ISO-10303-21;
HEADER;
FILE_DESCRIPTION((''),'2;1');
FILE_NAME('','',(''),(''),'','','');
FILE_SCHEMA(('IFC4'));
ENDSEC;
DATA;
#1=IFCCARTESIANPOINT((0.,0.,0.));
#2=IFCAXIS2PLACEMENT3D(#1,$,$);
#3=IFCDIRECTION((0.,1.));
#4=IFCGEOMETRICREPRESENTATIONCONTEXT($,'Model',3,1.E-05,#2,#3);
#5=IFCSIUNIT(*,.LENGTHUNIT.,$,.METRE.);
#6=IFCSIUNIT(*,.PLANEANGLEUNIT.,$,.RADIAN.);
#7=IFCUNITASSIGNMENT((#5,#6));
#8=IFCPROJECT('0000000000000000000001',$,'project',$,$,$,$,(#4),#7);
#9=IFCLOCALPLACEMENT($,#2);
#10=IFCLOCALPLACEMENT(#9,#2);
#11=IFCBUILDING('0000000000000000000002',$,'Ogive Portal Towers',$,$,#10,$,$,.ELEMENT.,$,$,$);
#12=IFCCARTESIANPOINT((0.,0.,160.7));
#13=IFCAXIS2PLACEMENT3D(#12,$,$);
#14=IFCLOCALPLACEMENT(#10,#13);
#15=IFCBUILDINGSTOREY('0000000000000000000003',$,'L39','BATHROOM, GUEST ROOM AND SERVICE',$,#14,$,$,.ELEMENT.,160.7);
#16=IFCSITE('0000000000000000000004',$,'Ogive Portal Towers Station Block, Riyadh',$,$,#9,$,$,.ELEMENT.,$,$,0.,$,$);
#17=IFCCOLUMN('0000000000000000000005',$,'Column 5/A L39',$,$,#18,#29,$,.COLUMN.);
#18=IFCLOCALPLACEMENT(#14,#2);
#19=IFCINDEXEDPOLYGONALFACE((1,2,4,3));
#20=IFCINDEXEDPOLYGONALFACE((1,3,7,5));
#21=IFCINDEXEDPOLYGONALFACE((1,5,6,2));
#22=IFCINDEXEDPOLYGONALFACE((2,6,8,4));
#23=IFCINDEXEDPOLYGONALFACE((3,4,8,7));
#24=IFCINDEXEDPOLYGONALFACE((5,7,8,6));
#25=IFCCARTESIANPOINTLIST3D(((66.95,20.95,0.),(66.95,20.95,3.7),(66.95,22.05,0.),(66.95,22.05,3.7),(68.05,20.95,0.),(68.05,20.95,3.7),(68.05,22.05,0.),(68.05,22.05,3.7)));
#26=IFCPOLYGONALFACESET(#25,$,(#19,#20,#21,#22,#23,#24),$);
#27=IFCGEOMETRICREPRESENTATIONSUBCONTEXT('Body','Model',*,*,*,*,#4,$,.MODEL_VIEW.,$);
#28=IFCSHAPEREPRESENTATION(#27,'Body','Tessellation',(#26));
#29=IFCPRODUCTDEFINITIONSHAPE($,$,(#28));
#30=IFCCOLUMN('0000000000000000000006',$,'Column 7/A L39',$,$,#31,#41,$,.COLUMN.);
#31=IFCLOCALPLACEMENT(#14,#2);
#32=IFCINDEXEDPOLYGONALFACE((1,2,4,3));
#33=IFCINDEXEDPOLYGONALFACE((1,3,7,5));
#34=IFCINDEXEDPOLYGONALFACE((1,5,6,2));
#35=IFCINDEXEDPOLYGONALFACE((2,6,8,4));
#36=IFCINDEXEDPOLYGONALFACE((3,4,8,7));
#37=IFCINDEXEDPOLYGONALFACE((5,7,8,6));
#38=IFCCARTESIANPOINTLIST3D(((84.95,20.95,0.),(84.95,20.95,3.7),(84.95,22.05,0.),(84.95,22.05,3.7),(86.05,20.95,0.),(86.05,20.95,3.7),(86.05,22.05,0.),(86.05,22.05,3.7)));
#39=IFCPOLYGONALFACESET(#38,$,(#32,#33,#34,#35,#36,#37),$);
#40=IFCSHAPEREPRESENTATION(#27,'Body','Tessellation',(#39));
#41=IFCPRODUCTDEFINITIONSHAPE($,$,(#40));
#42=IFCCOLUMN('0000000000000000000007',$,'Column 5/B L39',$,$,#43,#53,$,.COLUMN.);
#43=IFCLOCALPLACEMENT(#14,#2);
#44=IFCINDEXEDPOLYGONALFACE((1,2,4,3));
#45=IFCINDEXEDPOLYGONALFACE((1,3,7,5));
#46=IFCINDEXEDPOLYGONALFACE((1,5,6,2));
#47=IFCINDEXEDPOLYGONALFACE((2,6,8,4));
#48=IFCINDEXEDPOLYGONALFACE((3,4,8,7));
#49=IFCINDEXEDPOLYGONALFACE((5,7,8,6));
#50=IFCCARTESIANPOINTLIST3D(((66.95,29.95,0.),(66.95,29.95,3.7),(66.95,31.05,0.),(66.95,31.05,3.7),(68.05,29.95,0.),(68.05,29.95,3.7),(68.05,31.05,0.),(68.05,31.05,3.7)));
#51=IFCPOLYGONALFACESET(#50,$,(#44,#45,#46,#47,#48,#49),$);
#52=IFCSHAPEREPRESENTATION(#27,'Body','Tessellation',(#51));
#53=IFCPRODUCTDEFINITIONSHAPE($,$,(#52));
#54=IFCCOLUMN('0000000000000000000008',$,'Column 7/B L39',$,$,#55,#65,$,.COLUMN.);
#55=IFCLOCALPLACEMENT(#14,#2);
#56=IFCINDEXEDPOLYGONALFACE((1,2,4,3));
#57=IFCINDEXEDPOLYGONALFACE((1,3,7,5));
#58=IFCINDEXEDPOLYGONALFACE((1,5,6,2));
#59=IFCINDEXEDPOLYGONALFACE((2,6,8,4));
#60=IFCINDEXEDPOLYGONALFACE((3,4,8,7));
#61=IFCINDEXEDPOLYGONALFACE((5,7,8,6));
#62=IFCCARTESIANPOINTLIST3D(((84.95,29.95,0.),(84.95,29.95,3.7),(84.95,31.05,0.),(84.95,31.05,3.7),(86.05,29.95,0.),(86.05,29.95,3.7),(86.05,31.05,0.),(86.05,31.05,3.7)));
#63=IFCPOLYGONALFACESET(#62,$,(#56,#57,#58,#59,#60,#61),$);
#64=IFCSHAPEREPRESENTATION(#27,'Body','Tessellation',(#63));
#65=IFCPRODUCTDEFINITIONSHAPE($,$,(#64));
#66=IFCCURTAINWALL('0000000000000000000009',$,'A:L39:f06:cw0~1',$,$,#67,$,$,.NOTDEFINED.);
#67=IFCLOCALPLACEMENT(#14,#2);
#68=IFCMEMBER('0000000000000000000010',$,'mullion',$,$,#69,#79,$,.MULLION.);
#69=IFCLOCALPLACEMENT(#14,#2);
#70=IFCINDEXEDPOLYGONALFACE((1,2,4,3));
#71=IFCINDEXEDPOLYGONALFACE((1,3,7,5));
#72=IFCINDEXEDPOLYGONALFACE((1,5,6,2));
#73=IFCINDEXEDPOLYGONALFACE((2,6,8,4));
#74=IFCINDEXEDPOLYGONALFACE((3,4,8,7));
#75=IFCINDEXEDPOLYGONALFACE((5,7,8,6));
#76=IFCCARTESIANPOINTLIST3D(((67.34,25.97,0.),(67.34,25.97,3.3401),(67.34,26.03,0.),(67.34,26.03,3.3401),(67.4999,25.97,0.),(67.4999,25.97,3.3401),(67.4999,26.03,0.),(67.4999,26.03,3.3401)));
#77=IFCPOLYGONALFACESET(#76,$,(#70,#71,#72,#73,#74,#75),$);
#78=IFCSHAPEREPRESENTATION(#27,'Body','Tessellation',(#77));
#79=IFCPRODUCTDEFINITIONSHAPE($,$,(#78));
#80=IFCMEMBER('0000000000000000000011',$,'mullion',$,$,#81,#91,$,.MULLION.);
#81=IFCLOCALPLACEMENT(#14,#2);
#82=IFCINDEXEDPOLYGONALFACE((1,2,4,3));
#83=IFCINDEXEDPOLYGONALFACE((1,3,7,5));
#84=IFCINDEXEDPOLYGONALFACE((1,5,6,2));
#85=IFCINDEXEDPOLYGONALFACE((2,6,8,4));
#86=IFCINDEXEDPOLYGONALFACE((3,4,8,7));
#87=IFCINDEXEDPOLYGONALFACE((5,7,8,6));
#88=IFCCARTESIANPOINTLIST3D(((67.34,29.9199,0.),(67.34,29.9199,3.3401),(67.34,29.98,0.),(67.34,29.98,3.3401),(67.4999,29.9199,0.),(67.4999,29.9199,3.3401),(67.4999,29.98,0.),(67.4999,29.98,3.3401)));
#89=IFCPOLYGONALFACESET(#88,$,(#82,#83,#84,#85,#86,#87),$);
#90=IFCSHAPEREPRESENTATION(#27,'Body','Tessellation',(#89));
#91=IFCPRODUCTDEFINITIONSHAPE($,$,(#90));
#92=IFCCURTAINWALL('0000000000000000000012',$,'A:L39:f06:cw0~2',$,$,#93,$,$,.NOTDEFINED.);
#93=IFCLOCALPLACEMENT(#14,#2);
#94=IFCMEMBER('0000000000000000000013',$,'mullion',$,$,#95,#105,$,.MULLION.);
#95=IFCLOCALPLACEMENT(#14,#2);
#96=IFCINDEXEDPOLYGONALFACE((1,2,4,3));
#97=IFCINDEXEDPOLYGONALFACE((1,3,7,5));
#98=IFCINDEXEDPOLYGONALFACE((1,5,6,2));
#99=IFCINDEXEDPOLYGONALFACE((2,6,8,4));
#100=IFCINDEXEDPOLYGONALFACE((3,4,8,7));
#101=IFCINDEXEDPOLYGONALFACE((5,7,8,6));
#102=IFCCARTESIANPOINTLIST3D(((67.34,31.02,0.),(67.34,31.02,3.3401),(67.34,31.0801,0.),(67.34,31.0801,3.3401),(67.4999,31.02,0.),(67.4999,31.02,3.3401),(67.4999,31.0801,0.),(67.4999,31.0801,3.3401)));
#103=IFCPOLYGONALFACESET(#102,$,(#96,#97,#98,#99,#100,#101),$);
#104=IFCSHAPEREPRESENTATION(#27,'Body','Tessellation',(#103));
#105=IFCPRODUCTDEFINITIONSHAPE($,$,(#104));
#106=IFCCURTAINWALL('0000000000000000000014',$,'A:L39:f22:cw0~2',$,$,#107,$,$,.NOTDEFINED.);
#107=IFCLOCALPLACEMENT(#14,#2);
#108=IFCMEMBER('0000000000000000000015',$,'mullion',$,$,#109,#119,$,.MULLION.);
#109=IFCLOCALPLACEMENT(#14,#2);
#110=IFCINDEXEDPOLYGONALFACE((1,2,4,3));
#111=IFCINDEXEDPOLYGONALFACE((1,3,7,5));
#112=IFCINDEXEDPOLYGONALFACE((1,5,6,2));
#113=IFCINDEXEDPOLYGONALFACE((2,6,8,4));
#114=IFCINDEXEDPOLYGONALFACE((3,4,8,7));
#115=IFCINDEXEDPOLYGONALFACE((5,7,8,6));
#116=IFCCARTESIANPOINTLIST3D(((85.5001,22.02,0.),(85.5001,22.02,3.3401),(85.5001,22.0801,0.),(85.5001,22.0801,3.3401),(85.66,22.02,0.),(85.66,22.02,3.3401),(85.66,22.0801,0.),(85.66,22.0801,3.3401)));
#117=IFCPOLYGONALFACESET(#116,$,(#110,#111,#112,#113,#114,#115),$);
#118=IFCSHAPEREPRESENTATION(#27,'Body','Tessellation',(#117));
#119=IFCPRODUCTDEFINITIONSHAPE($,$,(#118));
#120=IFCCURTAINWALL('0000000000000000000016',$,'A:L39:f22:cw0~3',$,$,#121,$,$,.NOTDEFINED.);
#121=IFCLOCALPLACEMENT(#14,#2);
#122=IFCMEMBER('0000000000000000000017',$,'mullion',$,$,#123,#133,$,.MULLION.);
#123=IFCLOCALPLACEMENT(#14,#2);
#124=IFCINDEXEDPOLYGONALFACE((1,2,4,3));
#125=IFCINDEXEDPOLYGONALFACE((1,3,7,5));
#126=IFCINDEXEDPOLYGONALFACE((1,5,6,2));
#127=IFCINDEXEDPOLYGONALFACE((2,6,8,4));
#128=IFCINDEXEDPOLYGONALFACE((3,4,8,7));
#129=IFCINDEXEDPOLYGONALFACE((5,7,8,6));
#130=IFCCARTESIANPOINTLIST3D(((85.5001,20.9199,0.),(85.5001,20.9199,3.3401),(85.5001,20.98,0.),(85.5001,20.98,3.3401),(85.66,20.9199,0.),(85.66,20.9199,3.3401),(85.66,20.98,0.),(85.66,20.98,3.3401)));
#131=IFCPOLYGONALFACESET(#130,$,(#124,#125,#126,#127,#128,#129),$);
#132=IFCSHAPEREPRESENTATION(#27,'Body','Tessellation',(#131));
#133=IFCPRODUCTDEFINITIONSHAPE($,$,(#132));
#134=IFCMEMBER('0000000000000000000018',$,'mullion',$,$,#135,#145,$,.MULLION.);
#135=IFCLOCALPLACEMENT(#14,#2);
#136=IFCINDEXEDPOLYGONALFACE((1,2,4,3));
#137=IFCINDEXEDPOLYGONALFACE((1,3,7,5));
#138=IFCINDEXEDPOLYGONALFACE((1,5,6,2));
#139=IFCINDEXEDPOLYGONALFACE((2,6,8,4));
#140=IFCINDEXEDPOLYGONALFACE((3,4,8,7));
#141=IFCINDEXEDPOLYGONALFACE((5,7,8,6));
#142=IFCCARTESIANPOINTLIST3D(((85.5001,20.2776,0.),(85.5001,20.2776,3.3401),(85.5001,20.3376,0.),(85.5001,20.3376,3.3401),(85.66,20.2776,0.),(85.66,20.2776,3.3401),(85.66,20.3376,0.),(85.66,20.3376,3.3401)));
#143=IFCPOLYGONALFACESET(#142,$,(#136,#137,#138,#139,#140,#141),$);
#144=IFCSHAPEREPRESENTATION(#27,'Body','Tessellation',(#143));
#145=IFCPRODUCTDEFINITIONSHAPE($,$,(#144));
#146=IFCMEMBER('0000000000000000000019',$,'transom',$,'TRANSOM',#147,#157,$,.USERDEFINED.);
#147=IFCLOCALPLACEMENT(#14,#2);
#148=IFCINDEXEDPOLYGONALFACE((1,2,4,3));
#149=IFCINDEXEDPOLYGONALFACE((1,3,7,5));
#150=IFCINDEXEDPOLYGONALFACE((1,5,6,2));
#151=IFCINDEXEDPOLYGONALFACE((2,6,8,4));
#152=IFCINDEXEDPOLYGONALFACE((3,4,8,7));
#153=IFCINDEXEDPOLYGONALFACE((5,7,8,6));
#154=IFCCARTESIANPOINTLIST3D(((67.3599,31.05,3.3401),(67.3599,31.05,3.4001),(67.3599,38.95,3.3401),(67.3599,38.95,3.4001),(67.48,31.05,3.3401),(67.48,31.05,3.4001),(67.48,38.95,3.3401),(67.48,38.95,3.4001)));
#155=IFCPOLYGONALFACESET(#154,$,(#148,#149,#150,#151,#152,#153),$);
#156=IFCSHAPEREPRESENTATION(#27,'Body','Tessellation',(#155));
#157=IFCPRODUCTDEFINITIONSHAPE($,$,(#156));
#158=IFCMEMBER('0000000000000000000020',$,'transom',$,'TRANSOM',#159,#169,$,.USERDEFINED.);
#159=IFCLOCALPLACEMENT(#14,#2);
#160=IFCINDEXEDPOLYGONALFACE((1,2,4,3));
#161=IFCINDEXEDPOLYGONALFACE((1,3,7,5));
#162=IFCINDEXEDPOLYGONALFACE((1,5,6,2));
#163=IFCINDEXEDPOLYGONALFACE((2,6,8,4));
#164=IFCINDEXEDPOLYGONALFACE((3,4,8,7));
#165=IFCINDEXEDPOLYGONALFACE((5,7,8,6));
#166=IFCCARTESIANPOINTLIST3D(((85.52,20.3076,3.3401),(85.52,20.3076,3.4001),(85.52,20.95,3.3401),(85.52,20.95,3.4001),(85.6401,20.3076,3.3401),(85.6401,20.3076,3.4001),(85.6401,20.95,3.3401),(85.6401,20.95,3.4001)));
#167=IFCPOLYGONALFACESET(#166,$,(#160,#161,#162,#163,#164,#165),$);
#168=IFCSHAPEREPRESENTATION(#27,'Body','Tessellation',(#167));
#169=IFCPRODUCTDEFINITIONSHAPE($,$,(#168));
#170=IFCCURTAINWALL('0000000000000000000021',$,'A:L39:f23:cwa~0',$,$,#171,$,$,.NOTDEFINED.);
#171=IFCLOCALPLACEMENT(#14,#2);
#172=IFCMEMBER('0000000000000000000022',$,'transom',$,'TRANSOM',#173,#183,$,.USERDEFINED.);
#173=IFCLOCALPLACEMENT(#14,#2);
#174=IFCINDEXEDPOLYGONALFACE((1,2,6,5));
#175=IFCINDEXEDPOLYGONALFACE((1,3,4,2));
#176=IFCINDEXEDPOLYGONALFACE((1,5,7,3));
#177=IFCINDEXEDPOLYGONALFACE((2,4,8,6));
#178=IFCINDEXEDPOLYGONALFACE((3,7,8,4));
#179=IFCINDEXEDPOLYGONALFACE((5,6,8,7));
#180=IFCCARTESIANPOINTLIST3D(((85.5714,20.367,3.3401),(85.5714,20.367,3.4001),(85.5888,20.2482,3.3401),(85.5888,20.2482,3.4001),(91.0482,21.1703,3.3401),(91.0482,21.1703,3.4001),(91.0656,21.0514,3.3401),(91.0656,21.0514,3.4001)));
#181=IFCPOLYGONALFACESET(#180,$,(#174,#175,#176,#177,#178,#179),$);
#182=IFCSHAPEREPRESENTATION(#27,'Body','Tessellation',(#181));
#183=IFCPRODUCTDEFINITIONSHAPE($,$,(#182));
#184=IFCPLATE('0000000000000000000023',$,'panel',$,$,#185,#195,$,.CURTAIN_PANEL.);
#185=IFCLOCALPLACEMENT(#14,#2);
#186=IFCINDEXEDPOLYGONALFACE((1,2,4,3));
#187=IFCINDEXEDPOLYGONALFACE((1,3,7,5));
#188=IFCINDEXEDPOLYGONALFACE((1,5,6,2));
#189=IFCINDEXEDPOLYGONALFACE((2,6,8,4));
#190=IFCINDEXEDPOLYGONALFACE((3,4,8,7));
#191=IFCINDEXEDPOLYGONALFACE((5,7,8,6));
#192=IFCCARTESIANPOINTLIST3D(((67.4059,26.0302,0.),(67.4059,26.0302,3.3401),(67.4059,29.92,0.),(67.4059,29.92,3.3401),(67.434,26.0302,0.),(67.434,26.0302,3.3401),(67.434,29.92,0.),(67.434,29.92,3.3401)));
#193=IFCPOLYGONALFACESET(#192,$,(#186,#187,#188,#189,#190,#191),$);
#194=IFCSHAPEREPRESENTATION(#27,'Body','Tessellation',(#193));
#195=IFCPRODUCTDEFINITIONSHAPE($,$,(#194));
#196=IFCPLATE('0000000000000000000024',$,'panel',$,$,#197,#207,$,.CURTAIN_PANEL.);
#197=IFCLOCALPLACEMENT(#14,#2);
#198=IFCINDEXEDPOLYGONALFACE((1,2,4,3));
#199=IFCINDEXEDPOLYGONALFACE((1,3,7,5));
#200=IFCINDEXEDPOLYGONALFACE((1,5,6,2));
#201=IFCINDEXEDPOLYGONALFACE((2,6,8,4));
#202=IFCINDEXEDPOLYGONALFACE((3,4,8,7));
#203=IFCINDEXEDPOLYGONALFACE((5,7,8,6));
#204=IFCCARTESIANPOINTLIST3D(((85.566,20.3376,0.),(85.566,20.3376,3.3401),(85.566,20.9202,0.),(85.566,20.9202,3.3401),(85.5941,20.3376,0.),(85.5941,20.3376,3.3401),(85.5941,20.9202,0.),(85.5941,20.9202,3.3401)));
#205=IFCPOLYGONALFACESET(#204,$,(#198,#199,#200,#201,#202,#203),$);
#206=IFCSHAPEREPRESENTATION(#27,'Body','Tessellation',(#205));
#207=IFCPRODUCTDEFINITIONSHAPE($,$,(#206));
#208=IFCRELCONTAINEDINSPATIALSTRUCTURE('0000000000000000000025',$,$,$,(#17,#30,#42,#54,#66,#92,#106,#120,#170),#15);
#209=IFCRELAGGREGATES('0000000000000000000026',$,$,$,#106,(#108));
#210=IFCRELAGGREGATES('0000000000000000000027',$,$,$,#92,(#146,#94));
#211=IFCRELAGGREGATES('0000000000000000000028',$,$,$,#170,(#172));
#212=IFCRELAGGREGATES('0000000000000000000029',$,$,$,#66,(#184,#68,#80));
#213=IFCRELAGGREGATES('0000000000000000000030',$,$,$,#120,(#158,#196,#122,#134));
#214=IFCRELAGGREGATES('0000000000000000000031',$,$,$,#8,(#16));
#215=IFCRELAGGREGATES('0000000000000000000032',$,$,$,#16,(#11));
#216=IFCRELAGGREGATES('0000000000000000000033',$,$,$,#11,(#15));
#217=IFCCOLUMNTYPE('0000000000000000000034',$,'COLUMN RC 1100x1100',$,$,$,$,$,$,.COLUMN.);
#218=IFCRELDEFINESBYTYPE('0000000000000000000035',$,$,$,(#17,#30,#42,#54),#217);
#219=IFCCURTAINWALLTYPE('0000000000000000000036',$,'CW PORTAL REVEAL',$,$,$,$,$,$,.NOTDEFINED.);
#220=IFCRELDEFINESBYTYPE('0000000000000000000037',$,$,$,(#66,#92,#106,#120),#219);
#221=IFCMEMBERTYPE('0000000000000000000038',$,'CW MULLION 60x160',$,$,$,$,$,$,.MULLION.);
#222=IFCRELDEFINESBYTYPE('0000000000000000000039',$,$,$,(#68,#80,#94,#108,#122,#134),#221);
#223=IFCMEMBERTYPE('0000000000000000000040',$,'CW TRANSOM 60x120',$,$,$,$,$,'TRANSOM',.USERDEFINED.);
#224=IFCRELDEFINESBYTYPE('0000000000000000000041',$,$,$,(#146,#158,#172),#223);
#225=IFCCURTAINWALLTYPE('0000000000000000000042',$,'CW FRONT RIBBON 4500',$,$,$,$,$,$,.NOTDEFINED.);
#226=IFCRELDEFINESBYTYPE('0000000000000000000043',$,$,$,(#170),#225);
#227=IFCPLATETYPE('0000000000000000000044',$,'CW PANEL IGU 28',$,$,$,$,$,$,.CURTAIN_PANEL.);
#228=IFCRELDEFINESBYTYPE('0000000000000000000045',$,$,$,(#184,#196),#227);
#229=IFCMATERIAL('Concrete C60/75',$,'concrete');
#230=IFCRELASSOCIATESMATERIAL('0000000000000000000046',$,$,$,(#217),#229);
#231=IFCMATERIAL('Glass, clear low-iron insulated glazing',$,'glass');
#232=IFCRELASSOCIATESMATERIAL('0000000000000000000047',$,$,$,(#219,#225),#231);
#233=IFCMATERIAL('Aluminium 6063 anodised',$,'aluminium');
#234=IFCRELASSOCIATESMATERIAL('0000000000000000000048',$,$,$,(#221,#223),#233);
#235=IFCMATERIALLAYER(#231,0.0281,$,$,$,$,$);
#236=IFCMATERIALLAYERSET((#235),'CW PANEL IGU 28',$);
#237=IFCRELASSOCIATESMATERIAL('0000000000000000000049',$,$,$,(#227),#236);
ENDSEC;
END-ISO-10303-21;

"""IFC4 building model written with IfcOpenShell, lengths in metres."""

from ifc_helpers import new_model, si_unit, direction, frame, origin, origin_2d, place, context, subcontext, project, spatial, rectangle, extrude, material, layer, layer_set, material_profile, profile_set, type_object, element, aggregate, save


model = new_model("IFC4")

# Units and contexts
model_context = context("Model", 3, precision=1e-05, world=origin(), true_north=direction((0.0, 1.0)))
body_context = subcontext(model_context, "Body", "Model", "MODEL_VIEW")
ifc_project = project(units=[si_unit("LENGTHUNIT", "METRE"), si_unit("PLANEANGLEUNIT", "RADIAN")], contexts=[model_context])

# Site, building, storey
site_placement = place(None, origin())
site = spatial("IfcSite", under=ifc_project, at=site_placement, Name="Ogive Portal Towers Station Block, Riyadh", CompositionType="ELEMENT", RefElevation=0.0)
building_placement = place(site_placement, origin())
building = spatial("IfcBuilding", under=site, at=building_placement, Name="Ogive Portal Towers", CompositionType="ELEMENT")
storey_placement = place(building_placement, frame((0.0, 0.0, 160.7)))
storey = spatial("IfcBuildingStorey", under=building, at=storey_placement, Name="L39", Description="BATHROOM, GUEST ROOM AND SERVICE", CompositionType="ELEMENT", Elevation=160.7)

# Columns
ifc_material_1 = material(Name="Concrete C60/75", Category="concrete")
ifc_material_profile_1 = material_profile(ifc_material_1, rectangle(XDim=1.1001, YDim=1.1001, at=origin_2d()), Name="RC 1100x1100")
ifc_profile_set_1 = profile_set([ifc_material_profile_1], Name="Concrete C60/75")
column_type = type_object("IfcColumnType", Name="COLUMN RC 1100x1100", PredefinedType="COLUMN", material=ifc_profile_set_1)
for number, where, z_axis, x_axis, name in (
    (1, (67.5, 21.5, 0.0), (0.0, 0.0, 1.0), (1.0, 0.0, 0.0), "Column 5/A L39"),
    (2, (85.5, 21.5, 0.0), (0.0, 0.0, 1.0), (1.0, 0.0, 0.0), "Column 7/A L39"),
    (3, (67.5, 30.5, 0.0), (0.0, 0.0, 1.0), (1.0, 0.0, 0.0), "Column 5/B L39"),
    (4, (85.5, 30.5, 0.0), (0.0, 0.0, 1.0), (1.0, 0.0, 0.0), "Column 7/B L39"),
):
    element("IfcColumn", number, at=place(storey_placement, frame(where, z_axis=z_axis, x_axis=x_axis)), inside=storey, type_object=column_type, Name=name, PredefinedType="COLUMN", context=body_context, shape_type="SweptSolid", body=[
        extrude(rectangle(XDim=1.1001, YDim=1.1001, at=origin_2d()), origin(), (0.0, 0.0, 1.0), 3.7),
    ])

# Curtain wall, members
ifc_material_2 = material(Name="Glass, clear low-iron insulated glazing", Category="glass")
curtain_wall_type_1 = type_object("IfcCurtainWallType", Name="CW PORTAL REVEAL", PredefinedType="NOTDEFINED", material=ifc_material_2)
curtain_wall_1_placement = place(storey_placement, origin())
curtain_wall_1 = element("IfcCurtainWall", 5, at=curtain_wall_1_placement, inside=storey, type_object=curtain_wall_type_1, Name="A:L39:f06:cw0~1", PredefinedType="NOTDEFINED")
ifc_material_3 = material(Name="Aluminium 6063 anodised", Category="aluminium")
ifc_material_profile_2 = material_profile(ifc_material_3, rectangle(XDim=0.1599, YDim=0.0601, at=origin_2d()), Name="AL 60x160")
ifc_profile_set_2 = profile_set([ifc_material_profile_2], Name="Aluminium 6063 anodised")
member_type_1 = type_object("IfcMemberType", Name="CW MULLION 60x160", PredefinedType="MULLION", material=ifc_profile_set_2)
member_1_placement = place(storey_placement, frame((67.4199, 26.0, 0.0), z_axis=(0.0, 0.0, 1.0), x_axis=(-1.0, 0.0, 0.0)))
member_1 = element("IfcMember", 6, at=member_1_placement, type_object=member_type_1, Name="mullion", PredefinedType="MULLION", context=body_context, shape_type="SweptSolid", body=[
    extrude(rectangle(XDim=0.1599, YDim=0.0601, at=origin_2d()), origin(), (0.0, 0.0, 1.0), 3.3401),
])
member_2_placement = place(storey_placement, frame((67.4199, 29.95, 0.0), z_axis=(0.0, 0.0, 1.0), x_axis=(-1.0, 0.0, 0.0)))
member_2 = element("IfcMember", 7, at=member_2_placement, type_object=member_type_1, Name="mullion", PredefinedType="MULLION", context=body_context, shape_type="SweptSolid", body=[
    extrude(rectangle(XDim=0.1599, YDim=0.0601, at=origin_2d()), origin(), (0.0, 0.0, 1.0), 3.3401),
])

# Curtain walls, members
curtain_wall_2_placement = place(storey_placement, origin())
curtain_wall_2 = element("IfcCurtainWall", 8, at=curtain_wall_2_placement, inside=storey, type_object=curtain_wall_type_1, Name="A:L39:f06:cw0~2", PredefinedType="NOTDEFINED")
member_3_placement = place(storey_placement, frame((67.4199, 31.05, 0.0), z_axis=(0.0, 0.0, 1.0), x_axis=(-1.0, 0.0, 0.0)))
member_3 = element("IfcMember", 9, at=member_3_placement, type_object=member_type_1, Name="mullion", PredefinedType="MULLION", context=body_context, shape_type="SweptSolid", body=[
    extrude(rectangle(XDim=0.1599, YDim=0.0601, at=origin_2d()), origin(), (0.0, 0.0, 1.0), 3.3401),
])
curtain_wall_3_placement = place(storey_placement, origin())
curtain_wall_3 = element("IfcCurtainWall", 10, at=curtain_wall_3_placement, inside=storey, type_object=curtain_wall_type_1, Name="A:L39:f22:cw0~2", PredefinedType="NOTDEFINED")
member_4_placement = place(storey_placement, frame((85.5801, 22.05, 0.0), z_axis=(0.0, 0.0, 1.0), x_axis=(1.0, 0.0, 0.0)))
member_4 = element("IfcMember", 11, at=member_4_placement, type_object=member_type_1, Name="mullion", PredefinedType="MULLION", context=body_context, shape_type="SweptSolid", body=[
    extrude(rectangle(XDim=0.1599, YDim=0.0601, at=origin_2d()), origin(), (0.0, 0.0, 1.0), 3.3401),
])
aggregate(curtain_wall_3, [member_4])

# Curtain wall, members
curtain_wall_4_placement = place(storey_placement, origin())
curtain_wall_4 = element("IfcCurtainWall", 12, at=curtain_wall_4_placement, inside=storey, type_object=curtain_wall_type_1, Name="A:L39:f22:cw0~3", PredefinedType="NOTDEFINED")
member_5_placement = place(storey_placement, frame((85.5801, 20.95, 0.0), z_axis=(0.0, 0.0, 1.0), x_axis=(1.0, 0.0, 0.0)))
member_5 = element("IfcMember", 13, at=member_5_placement, type_object=member_type_1, Name="mullion", PredefinedType="MULLION", context=body_context, shape_type="SweptSolid", body=[
    extrude(rectangle(XDim=0.1599, YDim=0.0601, at=origin_2d()), origin(), (0.0, 0.0, 1.0), 3.3401),
])
member_6_placement = place(storey_placement, frame((85.5801, 20.3076, 0.0), z_axis=(0.0, 0.0, 1.0), x_axis=(1.0, 0.0, 0.0)))
member_6 = element("IfcMember", 14, at=member_6_placement, type_object=member_type_1, Name="mullion", PredefinedType="MULLION", context=body_context, shape_type="SweptSolid", body=[
    extrude(rectangle(XDim=0.1599, YDim=0.0601, at=origin_2d()), origin(), (0.0, 0.0, 1.0), 3.3401),
])

# Members
ifc_material_profile_3 = material_profile(ifc_material_3, rectangle(XDim=0.1201, YDim=0.0601, at=origin_2d()), Name="AL 120x60")
ifc_profile_set_3 = profile_set([ifc_material_profile_3], Name="Aluminium 6063 anodised")
member_type_2 = type_object("IfcMemberType", Name="CW TRANSOM 60x120", ElementType="TRANSOM", PredefinedType="USERDEFINED", material=ifc_profile_set_3)
member_7_placement = place(storey_placement, frame((67.4199, 31.05, 3.3701), z_axis=(0.0, 1.0, 0.0), x_axis=(-1.0, 0.0, 0.0)))
member_7 = element("IfcMember", 15, at=member_7_placement, type_object=member_type_2, Name="transom", ObjectType="TRANSOM", PredefinedType="USERDEFINED", context=body_context, shape_type="SweptSolid", body=[
    extrude(rectangle(XDim=0.1201, YDim=0.0601, at=origin_2d()), origin(), (0.0, 0.0, 1.0), 7.8999),
])
aggregate(curtain_wall_2, [member_7, member_3])
member_8_placement = place(storey_placement, frame((85.5801, 20.95, 3.3701), z_axis=(0.0, -1.0, 0.0), x_axis=(1.0, 0.0, 0.0)))
member_8 = element("IfcMember", 16, at=member_8_placement, type_object=member_type_2, Name="transom", ObjectType="TRANSOM", PredefinedType="USERDEFINED", context=body_context, shape_type="SweptSolid", body=[
    extrude(rectangle(XDim=0.1201, YDim=0.0601, at=origin_2d()), origin(), (0.0, 0.0, 1.0), 0.6423),
])

# Curtain wall, member
curtain_wall_type_2 = type_object("IfcCurtainWallType", Name="CW FRONT RIBBON 4500", PredefinedType="NOTDEFINED", material=ifc_material_2)
curtain_wall_5_placement = place(storey_placement, origin())
curtain_wall_5 = element("IfcCurtainWall", 17, at=curtain_wall_5_placement, inside=storey, type_object=curtain_wall_type_2, Name="A:L39:f23:cwa~0", PredefinedType="NOTDEFINED")
member_9_placement = place(storey_placement, frame((85.5801, 20.3076, 3.3701), z_axis=(0.989416, 0.145107, 0.0), x_axis=(-0.145107, 0.989416, 0.0)))
member_9 = element("IfcMember", 18, at=member_9_placement, type_object=member_type_2, Name="transom", ObjectType="TRANSOM", PredefinedType="USERDEFINED", context=body_context, shape_type="SweptSolid", body=[
    extrude(rectangle(XDim=0.1201, YDim=0.0601, at=origin_2d()), origin(), (0.0, 0.0, 1.0), 5.5354),
])
aggregate(curtain_wall_5, [member_9])

# Plates
ifc_layer_1 = layer(ifc_material_2, 0.0281)
ifc_layer_set_1 = layer_set([ifc_layer_1], Name="CW PANEL IGU 28")
plate_type = type_object("IfcPlateType", Name="CW PANEL IGU 28", PredefinedType="CURTAIN_PANEL", material=ifc_layer_set_1)
plate_1_placement = place(storey_placement, frame((67.4199, 27.9751, 0.0), z_axis=(0.0, 0.0, 1.0), x_axis=(0.0, 1.0, 0.0)))
plate_1 = element("IfcPlate", 19, at=plate_1_placement, type_object=plate_type, Name="panel", PredefinedType="CURTAIN_PANEL", context=body_context, shape_type="SweptSolid", body=[
    extrude(rectangle(XDim=3.8899, YDim=0.0281, at=origin_2d()), origin(), (0.0, 0.0, 1.0), 3.3401),
])
aggregate(curtain_wall_1, [plate_1, member_1, member_2])
plate_2_placement = place(storey_placement, frame((85.5801, 20.6289, 0.0), z_axis=(0.0, 0.0, 1.0), x_axis=(0.0, -1.0, 0.0)))
plate_2 = element("IfcPlate", 20, at=plate_2_placement, type_object=plate_type, Name="panel", PredefinedType="CURTAIN_PANEL", context=body_context, shape_type="SweptSolid", body=[
    extrude(rectangle(XDim=0.5825, YDim=0.0281, at=origin_2d()), origin(), (0.0, 0.0, 1.0), 3.3401),
])
aggregate(curtain_wall_4, [member_8, plate_2, member_5, member_6])

save(model, "model.ifc")
